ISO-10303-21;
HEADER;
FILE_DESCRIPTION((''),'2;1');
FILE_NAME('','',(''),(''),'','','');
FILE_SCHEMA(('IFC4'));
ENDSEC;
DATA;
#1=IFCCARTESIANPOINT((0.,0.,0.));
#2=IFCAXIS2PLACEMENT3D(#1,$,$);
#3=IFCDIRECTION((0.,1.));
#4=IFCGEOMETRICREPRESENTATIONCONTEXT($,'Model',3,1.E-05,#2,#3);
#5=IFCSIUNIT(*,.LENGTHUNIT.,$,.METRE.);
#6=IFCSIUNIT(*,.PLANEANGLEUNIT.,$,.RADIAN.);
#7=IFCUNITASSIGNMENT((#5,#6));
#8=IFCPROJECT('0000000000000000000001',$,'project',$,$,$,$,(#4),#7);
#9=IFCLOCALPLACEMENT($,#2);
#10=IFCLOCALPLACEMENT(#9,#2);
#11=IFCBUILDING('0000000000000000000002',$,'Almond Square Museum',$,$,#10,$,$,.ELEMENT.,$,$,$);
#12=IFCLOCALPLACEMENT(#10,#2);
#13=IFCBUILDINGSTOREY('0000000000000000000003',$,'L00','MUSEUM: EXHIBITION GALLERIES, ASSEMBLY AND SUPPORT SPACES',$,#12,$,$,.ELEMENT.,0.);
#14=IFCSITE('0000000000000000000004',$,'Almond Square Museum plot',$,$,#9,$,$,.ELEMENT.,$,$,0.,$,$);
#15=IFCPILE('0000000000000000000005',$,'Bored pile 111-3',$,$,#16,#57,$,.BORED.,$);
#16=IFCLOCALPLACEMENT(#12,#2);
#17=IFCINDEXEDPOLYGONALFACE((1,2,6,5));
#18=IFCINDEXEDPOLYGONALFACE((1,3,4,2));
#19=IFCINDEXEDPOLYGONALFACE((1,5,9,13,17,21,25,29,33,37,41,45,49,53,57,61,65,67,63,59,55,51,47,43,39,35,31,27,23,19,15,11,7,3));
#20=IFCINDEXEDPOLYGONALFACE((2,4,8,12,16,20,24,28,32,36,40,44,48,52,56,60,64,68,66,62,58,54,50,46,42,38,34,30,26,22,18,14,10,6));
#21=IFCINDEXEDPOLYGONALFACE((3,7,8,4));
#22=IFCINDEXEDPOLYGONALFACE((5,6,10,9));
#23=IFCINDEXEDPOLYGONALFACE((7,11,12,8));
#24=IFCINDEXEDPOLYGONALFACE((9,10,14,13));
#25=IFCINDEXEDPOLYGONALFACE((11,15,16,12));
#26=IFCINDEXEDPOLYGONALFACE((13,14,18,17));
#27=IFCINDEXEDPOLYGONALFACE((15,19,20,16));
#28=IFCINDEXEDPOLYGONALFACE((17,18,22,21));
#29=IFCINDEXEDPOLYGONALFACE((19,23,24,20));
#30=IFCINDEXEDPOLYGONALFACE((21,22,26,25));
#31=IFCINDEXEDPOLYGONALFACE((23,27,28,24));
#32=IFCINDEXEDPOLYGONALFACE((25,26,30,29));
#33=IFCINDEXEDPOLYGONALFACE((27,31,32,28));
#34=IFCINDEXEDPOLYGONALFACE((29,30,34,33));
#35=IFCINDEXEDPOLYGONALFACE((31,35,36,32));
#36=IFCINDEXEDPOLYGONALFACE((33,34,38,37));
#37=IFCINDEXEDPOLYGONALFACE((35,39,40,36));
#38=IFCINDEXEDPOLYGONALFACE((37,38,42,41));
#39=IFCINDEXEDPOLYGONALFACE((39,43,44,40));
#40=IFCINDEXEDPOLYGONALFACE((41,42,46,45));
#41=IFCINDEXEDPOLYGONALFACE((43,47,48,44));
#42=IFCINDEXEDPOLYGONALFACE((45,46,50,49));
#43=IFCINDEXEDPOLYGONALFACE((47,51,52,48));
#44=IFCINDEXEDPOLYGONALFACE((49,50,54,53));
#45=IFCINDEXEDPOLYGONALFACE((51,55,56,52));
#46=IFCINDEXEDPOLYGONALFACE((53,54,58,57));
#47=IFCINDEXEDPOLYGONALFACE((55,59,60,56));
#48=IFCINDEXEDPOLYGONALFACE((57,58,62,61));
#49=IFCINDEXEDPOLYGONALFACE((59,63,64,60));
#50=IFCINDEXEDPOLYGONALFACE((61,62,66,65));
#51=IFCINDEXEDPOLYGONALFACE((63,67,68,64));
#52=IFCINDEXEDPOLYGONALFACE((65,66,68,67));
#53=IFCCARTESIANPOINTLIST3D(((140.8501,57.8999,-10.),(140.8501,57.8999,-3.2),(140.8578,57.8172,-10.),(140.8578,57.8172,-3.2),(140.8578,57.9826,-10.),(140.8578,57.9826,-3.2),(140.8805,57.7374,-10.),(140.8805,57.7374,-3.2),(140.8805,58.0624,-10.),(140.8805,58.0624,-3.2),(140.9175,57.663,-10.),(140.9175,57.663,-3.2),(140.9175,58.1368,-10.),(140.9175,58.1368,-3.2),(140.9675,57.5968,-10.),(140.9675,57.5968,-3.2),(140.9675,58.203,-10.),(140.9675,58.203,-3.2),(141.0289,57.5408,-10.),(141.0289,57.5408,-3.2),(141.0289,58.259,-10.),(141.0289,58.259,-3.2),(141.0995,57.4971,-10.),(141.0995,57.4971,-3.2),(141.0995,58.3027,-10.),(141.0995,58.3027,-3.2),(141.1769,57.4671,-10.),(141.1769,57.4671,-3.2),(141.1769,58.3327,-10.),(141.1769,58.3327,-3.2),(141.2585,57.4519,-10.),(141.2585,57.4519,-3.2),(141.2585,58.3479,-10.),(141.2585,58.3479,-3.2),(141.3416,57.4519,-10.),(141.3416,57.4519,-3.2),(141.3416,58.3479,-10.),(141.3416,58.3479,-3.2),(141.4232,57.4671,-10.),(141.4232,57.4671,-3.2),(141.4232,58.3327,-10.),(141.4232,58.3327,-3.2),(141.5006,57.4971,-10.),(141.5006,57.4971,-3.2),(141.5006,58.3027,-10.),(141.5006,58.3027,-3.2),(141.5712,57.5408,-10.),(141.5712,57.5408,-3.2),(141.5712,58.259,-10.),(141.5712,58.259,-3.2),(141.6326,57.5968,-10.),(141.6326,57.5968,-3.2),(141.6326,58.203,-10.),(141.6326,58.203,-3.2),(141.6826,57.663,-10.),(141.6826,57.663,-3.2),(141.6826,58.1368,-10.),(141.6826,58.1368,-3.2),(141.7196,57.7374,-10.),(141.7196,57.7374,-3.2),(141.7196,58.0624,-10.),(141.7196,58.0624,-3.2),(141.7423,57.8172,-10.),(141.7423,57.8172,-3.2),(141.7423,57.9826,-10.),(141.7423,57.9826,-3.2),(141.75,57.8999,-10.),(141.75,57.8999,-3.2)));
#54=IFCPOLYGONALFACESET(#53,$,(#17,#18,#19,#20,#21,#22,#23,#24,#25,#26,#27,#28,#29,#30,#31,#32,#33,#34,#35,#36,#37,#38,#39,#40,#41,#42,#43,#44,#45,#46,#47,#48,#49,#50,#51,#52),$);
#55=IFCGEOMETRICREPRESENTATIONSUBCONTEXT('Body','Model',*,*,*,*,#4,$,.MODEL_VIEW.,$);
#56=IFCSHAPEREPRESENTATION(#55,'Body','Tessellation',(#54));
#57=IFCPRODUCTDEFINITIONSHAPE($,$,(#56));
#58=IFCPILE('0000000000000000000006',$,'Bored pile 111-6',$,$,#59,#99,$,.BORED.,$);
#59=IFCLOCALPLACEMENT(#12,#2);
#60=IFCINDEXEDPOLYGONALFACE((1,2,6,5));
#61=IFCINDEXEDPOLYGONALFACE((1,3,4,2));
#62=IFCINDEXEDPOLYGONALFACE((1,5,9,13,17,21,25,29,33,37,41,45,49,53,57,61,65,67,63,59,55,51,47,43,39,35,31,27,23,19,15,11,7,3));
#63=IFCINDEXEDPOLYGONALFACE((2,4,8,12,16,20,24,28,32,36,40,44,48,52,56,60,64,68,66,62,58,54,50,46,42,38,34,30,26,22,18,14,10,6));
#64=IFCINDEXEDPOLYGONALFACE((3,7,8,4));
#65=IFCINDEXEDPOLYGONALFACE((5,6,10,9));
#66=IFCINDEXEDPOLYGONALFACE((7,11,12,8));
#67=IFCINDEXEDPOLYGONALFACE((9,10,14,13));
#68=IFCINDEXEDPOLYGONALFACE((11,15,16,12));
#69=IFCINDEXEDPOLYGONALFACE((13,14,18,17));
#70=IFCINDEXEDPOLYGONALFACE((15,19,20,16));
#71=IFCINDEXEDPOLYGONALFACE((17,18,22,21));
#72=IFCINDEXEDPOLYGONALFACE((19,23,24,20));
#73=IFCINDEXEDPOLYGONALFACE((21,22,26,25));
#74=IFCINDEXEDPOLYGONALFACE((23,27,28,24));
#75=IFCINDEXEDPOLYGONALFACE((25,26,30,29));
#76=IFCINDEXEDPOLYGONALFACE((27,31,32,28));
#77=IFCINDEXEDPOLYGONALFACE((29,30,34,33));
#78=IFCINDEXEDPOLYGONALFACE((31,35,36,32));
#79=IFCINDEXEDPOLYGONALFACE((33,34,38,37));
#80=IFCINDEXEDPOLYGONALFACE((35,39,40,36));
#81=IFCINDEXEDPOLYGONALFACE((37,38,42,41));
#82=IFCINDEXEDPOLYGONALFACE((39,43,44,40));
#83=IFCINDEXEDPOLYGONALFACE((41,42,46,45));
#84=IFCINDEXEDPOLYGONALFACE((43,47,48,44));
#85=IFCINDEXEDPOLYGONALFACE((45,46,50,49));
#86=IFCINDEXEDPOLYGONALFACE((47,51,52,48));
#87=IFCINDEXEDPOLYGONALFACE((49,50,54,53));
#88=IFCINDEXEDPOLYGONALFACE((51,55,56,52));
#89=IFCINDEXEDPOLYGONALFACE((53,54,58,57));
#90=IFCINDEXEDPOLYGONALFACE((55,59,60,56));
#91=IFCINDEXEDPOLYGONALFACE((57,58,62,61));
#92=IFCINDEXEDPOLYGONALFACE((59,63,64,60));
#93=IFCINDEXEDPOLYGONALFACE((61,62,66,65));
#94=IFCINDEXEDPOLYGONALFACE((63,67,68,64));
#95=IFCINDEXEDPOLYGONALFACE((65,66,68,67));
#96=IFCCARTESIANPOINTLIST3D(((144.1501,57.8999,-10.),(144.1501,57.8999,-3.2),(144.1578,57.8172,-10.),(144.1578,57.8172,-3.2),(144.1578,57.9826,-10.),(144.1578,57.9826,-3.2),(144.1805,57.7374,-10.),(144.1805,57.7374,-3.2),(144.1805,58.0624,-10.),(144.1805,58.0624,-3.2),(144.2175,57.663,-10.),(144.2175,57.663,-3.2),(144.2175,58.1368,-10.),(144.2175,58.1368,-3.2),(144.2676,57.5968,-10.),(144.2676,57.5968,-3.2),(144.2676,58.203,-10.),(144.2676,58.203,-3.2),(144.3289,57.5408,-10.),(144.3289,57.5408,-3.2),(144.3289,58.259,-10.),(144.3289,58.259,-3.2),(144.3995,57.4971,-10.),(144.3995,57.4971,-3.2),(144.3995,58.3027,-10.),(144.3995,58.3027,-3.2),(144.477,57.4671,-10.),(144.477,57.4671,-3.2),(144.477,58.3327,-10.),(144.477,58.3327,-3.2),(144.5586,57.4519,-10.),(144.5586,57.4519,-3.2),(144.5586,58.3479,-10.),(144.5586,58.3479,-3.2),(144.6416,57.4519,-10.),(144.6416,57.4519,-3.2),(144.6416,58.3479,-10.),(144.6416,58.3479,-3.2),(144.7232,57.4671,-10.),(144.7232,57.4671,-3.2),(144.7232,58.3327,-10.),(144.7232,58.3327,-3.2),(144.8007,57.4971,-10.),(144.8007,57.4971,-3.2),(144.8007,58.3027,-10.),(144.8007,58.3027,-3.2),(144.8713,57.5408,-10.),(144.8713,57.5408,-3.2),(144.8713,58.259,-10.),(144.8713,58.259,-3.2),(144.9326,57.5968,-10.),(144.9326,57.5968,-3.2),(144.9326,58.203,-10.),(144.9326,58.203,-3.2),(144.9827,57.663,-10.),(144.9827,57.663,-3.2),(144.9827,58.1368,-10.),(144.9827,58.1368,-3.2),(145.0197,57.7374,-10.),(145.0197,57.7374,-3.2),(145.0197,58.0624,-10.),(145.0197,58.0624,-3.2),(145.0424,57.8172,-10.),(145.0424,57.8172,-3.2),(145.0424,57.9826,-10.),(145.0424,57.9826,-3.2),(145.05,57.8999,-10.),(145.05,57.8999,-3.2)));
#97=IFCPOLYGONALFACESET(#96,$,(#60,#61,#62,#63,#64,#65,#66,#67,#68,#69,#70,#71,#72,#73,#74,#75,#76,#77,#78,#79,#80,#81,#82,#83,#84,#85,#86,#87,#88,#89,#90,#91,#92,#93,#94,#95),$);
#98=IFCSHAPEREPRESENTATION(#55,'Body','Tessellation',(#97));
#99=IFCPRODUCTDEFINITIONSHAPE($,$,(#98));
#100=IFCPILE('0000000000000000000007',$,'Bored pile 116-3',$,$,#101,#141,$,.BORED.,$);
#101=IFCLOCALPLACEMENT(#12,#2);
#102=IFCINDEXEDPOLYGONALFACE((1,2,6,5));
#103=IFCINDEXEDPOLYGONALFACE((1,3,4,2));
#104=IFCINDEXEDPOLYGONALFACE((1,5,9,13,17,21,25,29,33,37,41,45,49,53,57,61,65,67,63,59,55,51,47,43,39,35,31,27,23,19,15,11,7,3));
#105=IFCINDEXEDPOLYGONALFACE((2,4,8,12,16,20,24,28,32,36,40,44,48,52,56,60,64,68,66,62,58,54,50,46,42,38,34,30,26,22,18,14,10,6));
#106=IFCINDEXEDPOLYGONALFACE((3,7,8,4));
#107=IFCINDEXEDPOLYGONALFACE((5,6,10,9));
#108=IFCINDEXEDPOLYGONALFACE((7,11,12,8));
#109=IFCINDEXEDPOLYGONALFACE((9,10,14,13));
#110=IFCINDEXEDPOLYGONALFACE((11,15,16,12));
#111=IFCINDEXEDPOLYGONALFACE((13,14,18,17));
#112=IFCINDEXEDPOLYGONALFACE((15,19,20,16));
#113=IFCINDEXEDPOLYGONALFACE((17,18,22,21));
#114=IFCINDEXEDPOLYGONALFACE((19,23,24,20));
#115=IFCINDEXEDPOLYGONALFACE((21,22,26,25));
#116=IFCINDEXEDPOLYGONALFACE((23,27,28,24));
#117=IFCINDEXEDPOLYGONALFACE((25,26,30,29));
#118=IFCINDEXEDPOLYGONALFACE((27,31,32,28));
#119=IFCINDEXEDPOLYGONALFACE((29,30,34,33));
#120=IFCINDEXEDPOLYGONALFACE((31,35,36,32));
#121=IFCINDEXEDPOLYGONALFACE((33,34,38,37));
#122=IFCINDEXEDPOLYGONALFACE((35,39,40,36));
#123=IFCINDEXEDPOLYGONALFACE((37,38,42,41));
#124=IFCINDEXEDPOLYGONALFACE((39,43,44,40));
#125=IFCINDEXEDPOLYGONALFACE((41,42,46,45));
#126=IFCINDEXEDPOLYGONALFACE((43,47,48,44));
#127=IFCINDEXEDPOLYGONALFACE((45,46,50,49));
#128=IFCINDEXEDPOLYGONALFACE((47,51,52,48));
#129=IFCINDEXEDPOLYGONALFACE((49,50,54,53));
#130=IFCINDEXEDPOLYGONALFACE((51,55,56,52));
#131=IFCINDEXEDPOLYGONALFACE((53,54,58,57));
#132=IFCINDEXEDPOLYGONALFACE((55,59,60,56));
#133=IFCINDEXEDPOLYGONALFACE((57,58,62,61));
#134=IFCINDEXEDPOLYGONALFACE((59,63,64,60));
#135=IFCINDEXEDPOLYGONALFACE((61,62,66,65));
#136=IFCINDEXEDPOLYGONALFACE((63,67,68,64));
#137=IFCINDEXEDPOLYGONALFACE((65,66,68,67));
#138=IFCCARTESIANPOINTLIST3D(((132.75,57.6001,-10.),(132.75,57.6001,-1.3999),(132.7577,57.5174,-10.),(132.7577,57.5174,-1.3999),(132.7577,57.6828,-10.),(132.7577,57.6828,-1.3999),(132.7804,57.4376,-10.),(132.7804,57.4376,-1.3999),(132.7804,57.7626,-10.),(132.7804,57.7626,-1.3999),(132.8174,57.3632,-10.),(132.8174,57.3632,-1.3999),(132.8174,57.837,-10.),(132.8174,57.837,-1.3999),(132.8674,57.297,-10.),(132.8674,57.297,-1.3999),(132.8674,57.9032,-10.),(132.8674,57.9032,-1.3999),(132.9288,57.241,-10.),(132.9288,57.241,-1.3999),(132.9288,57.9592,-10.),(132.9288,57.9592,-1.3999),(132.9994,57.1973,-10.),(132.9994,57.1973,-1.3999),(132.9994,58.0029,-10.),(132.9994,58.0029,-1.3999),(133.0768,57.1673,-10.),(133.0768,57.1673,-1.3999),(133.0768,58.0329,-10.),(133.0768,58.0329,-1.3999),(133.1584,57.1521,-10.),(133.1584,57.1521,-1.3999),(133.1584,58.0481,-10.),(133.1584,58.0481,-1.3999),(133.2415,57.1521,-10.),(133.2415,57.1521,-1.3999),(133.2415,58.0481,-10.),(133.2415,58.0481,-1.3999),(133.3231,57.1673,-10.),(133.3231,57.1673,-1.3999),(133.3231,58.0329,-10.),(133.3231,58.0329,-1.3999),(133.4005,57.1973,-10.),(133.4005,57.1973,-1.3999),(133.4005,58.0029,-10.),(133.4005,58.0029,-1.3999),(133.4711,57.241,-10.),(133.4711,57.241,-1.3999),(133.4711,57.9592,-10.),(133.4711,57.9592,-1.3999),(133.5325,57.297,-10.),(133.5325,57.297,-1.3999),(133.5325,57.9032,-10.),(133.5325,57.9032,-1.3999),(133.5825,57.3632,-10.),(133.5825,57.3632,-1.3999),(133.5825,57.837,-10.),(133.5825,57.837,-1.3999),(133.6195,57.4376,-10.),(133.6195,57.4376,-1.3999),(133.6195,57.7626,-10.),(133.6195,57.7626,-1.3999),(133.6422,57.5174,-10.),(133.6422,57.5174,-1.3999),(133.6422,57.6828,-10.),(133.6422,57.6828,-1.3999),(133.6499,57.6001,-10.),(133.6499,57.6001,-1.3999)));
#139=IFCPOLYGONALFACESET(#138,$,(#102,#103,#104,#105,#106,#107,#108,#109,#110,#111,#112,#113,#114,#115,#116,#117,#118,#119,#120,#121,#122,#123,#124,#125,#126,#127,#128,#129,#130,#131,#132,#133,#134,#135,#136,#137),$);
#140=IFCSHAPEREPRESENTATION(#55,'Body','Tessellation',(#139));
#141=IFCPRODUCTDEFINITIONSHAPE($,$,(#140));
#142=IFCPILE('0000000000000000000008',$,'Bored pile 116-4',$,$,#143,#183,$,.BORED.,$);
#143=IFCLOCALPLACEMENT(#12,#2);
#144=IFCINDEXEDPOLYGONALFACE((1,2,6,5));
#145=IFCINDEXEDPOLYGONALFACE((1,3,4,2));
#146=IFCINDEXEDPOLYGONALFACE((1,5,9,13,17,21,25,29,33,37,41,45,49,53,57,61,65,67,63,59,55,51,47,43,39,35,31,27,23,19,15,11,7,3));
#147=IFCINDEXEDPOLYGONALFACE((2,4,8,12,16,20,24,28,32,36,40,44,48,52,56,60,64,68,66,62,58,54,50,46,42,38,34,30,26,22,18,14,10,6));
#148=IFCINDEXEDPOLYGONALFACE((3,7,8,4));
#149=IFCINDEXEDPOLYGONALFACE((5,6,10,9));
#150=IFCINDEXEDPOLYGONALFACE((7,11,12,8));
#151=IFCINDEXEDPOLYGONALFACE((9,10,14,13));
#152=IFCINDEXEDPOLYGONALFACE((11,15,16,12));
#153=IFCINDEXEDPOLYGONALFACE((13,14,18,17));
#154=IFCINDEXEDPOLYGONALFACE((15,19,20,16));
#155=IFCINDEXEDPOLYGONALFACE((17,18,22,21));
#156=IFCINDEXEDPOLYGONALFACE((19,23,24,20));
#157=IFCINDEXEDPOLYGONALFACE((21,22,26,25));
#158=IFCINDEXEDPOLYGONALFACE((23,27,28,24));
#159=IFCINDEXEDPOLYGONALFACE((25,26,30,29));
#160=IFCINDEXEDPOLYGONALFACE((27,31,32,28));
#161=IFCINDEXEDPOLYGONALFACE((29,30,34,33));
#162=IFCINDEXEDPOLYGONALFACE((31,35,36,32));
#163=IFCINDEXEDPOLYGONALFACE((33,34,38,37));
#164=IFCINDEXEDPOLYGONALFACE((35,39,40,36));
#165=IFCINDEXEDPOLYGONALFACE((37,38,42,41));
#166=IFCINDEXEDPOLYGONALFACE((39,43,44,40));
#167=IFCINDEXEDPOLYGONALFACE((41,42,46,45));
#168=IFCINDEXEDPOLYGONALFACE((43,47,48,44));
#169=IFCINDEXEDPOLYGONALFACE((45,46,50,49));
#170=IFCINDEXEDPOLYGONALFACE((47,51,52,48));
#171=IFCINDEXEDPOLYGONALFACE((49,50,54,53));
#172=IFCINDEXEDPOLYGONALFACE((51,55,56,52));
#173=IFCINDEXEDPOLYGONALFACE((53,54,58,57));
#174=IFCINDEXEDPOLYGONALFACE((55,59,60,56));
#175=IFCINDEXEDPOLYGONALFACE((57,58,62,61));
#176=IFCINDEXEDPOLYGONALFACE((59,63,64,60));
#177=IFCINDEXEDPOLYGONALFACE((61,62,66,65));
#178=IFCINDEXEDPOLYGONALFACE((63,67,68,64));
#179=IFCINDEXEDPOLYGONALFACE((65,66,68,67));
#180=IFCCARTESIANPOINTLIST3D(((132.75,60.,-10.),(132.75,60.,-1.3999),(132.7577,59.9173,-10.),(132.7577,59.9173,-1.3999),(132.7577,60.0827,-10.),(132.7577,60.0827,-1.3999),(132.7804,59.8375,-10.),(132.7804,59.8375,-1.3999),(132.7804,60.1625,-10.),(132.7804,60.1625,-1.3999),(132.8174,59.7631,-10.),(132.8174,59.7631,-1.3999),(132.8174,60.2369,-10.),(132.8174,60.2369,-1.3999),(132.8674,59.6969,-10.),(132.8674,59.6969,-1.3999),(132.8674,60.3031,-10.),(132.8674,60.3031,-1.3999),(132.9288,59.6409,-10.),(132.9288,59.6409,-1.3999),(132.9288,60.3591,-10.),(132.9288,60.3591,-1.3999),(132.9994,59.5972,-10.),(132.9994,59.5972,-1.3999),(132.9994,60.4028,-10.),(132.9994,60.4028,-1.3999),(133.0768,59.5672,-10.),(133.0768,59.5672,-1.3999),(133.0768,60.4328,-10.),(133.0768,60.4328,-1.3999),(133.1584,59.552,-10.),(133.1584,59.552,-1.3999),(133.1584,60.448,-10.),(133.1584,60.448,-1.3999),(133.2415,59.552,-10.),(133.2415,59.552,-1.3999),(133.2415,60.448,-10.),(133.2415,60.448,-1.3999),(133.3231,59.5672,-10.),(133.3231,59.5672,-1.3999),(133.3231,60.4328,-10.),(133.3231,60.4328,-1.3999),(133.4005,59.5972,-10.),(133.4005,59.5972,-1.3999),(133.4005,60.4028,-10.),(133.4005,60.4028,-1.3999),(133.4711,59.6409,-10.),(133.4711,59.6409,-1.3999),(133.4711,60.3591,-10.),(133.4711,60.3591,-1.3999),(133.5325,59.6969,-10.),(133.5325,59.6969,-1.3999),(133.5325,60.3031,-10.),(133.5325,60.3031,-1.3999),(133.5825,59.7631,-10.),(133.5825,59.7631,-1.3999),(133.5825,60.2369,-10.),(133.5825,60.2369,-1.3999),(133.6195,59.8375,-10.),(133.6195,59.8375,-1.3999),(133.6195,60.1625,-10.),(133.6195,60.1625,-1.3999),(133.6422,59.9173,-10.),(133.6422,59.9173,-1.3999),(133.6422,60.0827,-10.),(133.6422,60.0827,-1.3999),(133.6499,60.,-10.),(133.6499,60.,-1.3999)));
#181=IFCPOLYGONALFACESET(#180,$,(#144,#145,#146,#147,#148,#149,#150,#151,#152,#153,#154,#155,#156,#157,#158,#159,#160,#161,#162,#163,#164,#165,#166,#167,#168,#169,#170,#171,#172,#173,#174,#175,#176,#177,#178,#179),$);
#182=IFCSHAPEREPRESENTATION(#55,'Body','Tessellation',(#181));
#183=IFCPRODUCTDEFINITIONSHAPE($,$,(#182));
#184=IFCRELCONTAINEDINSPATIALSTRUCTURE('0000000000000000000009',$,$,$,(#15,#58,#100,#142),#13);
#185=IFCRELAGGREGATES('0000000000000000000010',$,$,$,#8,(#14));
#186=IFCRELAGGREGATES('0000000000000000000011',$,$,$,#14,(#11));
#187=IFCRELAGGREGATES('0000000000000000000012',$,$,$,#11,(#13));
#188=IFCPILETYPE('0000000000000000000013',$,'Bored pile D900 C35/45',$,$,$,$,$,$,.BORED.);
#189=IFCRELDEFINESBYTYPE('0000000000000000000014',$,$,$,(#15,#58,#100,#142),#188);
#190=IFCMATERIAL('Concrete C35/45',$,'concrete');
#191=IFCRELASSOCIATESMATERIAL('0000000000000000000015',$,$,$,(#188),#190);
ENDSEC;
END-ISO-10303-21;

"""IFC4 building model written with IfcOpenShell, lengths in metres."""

from ifc_helpers import new_model, si_unit, direction, frame, origin, origin_2d, place, context, subcontext, project, spatial, circle, extrude, material, material_profile, profile_set, type_object, element, save


model = new_model("IFC4")

# Units and contexts
model_context = context("Model", 3, precision=1e-05, world=origin(), true_north=direction((0.0, 1.0)))
body_context = subcontext(model_context, "Body", "Model", "MODEL_VIEW")
ifc_project = project(units=[si_unit("LENGTHUNIT", "METRE"), si_unit("PLANEANGLEUNIT", "RADIAN")], contexts=[model_context])

# Site, building, storey
site_placement = place(None, origin())
site = spatial("IfcSite", under=ifc_project, at=site_placement, Name="Almond Square Museum plot", CompositionType="ELEMENT", RefElevation=0.0)
building_placement = place(site_placement, origin())
building = spatial("IfcBuilding", under=site, at=building_placement, Name="Almond Square Museum", CompositionType="ELEMENT")
storey_placement = place(building_placement, origin())
storey = spatial("IfcBuildingStorey", under=building, at=storey_placement, Name="L00", Description="MUSEUM: EXHIBITION GALLERIES, ASSEMBLY AND SUPPORT SPACES", CompositionType="ELEMENT", Elevation=0.0)

# Piles
ifc_material_1 = material(Name="Concrete C35/45", Category="concrete")
ifc_material_profile_1 = material_profile(ifc_material_1, circle(Radius=0.45, at=origin_2d()))
ifc_profile_set_1 = profile_set([ifc_material_profile_1], Name="Concrete C35/45")
pile_type = type_object("IfcPileType", Name="Bored pile D900 C35/45", PredefinedType="BORED", material=ifc_profile_set_1)
for number, where, z_axis, x_axis, name in (
    (1, (141.3, 57.8999, -3.2), (0.0, 0.0, -1.0), (1.0, 0.0, 0.0), "Bored pile 111-3"),
    (2, (144.6001, 57.8999, -3.2), (0.0, 0.0, -1.0), (1.0, 0.0, 0.0), "Bored pile 111-6"),
):
    element("IfcPile", number, at=place(storey_placement, frame(where, z_axis=z_axis, x_axis=x_axis)), inside=storey, type_object=pile_type, Name=name, PredefinedType="BORED", context=body_context, shape_type="SweptSolid", body=[
        extrude(circle(Radius=0.45, at=origin_2d()), origin(), (0.0, 0.0, 1.0), 6.8),
    ])
for number, where, z_axis, x_axis, name in (
    (3, (133.2, 57.6001, -1.3999), (0.0, 0.0, -1.0), (1.0, 0.0, 0.0), "Bored pile 116-3"),
    (4, (133.2, 60.0, -1.3999), (0.0, 0.0, -1.0), (1.0, 0.0, 0.0), "Bored pile 116-4"),
):
    element("IfcPile", number, at=place(storey_placement, frame(where, z_axis=z_axis, x_axis=x_axis)), inside=storey, type_object=pile_type, Name=name, PredefinedType="BORED", context=body_context, shape_type="SweptSolid", body=[
        extrude(circle(Radius=0.45, at=origin_2d()), origin(), (0.0, 0.0, 1.0), 8.6001),
    ])

save(model, "model.ifc")
